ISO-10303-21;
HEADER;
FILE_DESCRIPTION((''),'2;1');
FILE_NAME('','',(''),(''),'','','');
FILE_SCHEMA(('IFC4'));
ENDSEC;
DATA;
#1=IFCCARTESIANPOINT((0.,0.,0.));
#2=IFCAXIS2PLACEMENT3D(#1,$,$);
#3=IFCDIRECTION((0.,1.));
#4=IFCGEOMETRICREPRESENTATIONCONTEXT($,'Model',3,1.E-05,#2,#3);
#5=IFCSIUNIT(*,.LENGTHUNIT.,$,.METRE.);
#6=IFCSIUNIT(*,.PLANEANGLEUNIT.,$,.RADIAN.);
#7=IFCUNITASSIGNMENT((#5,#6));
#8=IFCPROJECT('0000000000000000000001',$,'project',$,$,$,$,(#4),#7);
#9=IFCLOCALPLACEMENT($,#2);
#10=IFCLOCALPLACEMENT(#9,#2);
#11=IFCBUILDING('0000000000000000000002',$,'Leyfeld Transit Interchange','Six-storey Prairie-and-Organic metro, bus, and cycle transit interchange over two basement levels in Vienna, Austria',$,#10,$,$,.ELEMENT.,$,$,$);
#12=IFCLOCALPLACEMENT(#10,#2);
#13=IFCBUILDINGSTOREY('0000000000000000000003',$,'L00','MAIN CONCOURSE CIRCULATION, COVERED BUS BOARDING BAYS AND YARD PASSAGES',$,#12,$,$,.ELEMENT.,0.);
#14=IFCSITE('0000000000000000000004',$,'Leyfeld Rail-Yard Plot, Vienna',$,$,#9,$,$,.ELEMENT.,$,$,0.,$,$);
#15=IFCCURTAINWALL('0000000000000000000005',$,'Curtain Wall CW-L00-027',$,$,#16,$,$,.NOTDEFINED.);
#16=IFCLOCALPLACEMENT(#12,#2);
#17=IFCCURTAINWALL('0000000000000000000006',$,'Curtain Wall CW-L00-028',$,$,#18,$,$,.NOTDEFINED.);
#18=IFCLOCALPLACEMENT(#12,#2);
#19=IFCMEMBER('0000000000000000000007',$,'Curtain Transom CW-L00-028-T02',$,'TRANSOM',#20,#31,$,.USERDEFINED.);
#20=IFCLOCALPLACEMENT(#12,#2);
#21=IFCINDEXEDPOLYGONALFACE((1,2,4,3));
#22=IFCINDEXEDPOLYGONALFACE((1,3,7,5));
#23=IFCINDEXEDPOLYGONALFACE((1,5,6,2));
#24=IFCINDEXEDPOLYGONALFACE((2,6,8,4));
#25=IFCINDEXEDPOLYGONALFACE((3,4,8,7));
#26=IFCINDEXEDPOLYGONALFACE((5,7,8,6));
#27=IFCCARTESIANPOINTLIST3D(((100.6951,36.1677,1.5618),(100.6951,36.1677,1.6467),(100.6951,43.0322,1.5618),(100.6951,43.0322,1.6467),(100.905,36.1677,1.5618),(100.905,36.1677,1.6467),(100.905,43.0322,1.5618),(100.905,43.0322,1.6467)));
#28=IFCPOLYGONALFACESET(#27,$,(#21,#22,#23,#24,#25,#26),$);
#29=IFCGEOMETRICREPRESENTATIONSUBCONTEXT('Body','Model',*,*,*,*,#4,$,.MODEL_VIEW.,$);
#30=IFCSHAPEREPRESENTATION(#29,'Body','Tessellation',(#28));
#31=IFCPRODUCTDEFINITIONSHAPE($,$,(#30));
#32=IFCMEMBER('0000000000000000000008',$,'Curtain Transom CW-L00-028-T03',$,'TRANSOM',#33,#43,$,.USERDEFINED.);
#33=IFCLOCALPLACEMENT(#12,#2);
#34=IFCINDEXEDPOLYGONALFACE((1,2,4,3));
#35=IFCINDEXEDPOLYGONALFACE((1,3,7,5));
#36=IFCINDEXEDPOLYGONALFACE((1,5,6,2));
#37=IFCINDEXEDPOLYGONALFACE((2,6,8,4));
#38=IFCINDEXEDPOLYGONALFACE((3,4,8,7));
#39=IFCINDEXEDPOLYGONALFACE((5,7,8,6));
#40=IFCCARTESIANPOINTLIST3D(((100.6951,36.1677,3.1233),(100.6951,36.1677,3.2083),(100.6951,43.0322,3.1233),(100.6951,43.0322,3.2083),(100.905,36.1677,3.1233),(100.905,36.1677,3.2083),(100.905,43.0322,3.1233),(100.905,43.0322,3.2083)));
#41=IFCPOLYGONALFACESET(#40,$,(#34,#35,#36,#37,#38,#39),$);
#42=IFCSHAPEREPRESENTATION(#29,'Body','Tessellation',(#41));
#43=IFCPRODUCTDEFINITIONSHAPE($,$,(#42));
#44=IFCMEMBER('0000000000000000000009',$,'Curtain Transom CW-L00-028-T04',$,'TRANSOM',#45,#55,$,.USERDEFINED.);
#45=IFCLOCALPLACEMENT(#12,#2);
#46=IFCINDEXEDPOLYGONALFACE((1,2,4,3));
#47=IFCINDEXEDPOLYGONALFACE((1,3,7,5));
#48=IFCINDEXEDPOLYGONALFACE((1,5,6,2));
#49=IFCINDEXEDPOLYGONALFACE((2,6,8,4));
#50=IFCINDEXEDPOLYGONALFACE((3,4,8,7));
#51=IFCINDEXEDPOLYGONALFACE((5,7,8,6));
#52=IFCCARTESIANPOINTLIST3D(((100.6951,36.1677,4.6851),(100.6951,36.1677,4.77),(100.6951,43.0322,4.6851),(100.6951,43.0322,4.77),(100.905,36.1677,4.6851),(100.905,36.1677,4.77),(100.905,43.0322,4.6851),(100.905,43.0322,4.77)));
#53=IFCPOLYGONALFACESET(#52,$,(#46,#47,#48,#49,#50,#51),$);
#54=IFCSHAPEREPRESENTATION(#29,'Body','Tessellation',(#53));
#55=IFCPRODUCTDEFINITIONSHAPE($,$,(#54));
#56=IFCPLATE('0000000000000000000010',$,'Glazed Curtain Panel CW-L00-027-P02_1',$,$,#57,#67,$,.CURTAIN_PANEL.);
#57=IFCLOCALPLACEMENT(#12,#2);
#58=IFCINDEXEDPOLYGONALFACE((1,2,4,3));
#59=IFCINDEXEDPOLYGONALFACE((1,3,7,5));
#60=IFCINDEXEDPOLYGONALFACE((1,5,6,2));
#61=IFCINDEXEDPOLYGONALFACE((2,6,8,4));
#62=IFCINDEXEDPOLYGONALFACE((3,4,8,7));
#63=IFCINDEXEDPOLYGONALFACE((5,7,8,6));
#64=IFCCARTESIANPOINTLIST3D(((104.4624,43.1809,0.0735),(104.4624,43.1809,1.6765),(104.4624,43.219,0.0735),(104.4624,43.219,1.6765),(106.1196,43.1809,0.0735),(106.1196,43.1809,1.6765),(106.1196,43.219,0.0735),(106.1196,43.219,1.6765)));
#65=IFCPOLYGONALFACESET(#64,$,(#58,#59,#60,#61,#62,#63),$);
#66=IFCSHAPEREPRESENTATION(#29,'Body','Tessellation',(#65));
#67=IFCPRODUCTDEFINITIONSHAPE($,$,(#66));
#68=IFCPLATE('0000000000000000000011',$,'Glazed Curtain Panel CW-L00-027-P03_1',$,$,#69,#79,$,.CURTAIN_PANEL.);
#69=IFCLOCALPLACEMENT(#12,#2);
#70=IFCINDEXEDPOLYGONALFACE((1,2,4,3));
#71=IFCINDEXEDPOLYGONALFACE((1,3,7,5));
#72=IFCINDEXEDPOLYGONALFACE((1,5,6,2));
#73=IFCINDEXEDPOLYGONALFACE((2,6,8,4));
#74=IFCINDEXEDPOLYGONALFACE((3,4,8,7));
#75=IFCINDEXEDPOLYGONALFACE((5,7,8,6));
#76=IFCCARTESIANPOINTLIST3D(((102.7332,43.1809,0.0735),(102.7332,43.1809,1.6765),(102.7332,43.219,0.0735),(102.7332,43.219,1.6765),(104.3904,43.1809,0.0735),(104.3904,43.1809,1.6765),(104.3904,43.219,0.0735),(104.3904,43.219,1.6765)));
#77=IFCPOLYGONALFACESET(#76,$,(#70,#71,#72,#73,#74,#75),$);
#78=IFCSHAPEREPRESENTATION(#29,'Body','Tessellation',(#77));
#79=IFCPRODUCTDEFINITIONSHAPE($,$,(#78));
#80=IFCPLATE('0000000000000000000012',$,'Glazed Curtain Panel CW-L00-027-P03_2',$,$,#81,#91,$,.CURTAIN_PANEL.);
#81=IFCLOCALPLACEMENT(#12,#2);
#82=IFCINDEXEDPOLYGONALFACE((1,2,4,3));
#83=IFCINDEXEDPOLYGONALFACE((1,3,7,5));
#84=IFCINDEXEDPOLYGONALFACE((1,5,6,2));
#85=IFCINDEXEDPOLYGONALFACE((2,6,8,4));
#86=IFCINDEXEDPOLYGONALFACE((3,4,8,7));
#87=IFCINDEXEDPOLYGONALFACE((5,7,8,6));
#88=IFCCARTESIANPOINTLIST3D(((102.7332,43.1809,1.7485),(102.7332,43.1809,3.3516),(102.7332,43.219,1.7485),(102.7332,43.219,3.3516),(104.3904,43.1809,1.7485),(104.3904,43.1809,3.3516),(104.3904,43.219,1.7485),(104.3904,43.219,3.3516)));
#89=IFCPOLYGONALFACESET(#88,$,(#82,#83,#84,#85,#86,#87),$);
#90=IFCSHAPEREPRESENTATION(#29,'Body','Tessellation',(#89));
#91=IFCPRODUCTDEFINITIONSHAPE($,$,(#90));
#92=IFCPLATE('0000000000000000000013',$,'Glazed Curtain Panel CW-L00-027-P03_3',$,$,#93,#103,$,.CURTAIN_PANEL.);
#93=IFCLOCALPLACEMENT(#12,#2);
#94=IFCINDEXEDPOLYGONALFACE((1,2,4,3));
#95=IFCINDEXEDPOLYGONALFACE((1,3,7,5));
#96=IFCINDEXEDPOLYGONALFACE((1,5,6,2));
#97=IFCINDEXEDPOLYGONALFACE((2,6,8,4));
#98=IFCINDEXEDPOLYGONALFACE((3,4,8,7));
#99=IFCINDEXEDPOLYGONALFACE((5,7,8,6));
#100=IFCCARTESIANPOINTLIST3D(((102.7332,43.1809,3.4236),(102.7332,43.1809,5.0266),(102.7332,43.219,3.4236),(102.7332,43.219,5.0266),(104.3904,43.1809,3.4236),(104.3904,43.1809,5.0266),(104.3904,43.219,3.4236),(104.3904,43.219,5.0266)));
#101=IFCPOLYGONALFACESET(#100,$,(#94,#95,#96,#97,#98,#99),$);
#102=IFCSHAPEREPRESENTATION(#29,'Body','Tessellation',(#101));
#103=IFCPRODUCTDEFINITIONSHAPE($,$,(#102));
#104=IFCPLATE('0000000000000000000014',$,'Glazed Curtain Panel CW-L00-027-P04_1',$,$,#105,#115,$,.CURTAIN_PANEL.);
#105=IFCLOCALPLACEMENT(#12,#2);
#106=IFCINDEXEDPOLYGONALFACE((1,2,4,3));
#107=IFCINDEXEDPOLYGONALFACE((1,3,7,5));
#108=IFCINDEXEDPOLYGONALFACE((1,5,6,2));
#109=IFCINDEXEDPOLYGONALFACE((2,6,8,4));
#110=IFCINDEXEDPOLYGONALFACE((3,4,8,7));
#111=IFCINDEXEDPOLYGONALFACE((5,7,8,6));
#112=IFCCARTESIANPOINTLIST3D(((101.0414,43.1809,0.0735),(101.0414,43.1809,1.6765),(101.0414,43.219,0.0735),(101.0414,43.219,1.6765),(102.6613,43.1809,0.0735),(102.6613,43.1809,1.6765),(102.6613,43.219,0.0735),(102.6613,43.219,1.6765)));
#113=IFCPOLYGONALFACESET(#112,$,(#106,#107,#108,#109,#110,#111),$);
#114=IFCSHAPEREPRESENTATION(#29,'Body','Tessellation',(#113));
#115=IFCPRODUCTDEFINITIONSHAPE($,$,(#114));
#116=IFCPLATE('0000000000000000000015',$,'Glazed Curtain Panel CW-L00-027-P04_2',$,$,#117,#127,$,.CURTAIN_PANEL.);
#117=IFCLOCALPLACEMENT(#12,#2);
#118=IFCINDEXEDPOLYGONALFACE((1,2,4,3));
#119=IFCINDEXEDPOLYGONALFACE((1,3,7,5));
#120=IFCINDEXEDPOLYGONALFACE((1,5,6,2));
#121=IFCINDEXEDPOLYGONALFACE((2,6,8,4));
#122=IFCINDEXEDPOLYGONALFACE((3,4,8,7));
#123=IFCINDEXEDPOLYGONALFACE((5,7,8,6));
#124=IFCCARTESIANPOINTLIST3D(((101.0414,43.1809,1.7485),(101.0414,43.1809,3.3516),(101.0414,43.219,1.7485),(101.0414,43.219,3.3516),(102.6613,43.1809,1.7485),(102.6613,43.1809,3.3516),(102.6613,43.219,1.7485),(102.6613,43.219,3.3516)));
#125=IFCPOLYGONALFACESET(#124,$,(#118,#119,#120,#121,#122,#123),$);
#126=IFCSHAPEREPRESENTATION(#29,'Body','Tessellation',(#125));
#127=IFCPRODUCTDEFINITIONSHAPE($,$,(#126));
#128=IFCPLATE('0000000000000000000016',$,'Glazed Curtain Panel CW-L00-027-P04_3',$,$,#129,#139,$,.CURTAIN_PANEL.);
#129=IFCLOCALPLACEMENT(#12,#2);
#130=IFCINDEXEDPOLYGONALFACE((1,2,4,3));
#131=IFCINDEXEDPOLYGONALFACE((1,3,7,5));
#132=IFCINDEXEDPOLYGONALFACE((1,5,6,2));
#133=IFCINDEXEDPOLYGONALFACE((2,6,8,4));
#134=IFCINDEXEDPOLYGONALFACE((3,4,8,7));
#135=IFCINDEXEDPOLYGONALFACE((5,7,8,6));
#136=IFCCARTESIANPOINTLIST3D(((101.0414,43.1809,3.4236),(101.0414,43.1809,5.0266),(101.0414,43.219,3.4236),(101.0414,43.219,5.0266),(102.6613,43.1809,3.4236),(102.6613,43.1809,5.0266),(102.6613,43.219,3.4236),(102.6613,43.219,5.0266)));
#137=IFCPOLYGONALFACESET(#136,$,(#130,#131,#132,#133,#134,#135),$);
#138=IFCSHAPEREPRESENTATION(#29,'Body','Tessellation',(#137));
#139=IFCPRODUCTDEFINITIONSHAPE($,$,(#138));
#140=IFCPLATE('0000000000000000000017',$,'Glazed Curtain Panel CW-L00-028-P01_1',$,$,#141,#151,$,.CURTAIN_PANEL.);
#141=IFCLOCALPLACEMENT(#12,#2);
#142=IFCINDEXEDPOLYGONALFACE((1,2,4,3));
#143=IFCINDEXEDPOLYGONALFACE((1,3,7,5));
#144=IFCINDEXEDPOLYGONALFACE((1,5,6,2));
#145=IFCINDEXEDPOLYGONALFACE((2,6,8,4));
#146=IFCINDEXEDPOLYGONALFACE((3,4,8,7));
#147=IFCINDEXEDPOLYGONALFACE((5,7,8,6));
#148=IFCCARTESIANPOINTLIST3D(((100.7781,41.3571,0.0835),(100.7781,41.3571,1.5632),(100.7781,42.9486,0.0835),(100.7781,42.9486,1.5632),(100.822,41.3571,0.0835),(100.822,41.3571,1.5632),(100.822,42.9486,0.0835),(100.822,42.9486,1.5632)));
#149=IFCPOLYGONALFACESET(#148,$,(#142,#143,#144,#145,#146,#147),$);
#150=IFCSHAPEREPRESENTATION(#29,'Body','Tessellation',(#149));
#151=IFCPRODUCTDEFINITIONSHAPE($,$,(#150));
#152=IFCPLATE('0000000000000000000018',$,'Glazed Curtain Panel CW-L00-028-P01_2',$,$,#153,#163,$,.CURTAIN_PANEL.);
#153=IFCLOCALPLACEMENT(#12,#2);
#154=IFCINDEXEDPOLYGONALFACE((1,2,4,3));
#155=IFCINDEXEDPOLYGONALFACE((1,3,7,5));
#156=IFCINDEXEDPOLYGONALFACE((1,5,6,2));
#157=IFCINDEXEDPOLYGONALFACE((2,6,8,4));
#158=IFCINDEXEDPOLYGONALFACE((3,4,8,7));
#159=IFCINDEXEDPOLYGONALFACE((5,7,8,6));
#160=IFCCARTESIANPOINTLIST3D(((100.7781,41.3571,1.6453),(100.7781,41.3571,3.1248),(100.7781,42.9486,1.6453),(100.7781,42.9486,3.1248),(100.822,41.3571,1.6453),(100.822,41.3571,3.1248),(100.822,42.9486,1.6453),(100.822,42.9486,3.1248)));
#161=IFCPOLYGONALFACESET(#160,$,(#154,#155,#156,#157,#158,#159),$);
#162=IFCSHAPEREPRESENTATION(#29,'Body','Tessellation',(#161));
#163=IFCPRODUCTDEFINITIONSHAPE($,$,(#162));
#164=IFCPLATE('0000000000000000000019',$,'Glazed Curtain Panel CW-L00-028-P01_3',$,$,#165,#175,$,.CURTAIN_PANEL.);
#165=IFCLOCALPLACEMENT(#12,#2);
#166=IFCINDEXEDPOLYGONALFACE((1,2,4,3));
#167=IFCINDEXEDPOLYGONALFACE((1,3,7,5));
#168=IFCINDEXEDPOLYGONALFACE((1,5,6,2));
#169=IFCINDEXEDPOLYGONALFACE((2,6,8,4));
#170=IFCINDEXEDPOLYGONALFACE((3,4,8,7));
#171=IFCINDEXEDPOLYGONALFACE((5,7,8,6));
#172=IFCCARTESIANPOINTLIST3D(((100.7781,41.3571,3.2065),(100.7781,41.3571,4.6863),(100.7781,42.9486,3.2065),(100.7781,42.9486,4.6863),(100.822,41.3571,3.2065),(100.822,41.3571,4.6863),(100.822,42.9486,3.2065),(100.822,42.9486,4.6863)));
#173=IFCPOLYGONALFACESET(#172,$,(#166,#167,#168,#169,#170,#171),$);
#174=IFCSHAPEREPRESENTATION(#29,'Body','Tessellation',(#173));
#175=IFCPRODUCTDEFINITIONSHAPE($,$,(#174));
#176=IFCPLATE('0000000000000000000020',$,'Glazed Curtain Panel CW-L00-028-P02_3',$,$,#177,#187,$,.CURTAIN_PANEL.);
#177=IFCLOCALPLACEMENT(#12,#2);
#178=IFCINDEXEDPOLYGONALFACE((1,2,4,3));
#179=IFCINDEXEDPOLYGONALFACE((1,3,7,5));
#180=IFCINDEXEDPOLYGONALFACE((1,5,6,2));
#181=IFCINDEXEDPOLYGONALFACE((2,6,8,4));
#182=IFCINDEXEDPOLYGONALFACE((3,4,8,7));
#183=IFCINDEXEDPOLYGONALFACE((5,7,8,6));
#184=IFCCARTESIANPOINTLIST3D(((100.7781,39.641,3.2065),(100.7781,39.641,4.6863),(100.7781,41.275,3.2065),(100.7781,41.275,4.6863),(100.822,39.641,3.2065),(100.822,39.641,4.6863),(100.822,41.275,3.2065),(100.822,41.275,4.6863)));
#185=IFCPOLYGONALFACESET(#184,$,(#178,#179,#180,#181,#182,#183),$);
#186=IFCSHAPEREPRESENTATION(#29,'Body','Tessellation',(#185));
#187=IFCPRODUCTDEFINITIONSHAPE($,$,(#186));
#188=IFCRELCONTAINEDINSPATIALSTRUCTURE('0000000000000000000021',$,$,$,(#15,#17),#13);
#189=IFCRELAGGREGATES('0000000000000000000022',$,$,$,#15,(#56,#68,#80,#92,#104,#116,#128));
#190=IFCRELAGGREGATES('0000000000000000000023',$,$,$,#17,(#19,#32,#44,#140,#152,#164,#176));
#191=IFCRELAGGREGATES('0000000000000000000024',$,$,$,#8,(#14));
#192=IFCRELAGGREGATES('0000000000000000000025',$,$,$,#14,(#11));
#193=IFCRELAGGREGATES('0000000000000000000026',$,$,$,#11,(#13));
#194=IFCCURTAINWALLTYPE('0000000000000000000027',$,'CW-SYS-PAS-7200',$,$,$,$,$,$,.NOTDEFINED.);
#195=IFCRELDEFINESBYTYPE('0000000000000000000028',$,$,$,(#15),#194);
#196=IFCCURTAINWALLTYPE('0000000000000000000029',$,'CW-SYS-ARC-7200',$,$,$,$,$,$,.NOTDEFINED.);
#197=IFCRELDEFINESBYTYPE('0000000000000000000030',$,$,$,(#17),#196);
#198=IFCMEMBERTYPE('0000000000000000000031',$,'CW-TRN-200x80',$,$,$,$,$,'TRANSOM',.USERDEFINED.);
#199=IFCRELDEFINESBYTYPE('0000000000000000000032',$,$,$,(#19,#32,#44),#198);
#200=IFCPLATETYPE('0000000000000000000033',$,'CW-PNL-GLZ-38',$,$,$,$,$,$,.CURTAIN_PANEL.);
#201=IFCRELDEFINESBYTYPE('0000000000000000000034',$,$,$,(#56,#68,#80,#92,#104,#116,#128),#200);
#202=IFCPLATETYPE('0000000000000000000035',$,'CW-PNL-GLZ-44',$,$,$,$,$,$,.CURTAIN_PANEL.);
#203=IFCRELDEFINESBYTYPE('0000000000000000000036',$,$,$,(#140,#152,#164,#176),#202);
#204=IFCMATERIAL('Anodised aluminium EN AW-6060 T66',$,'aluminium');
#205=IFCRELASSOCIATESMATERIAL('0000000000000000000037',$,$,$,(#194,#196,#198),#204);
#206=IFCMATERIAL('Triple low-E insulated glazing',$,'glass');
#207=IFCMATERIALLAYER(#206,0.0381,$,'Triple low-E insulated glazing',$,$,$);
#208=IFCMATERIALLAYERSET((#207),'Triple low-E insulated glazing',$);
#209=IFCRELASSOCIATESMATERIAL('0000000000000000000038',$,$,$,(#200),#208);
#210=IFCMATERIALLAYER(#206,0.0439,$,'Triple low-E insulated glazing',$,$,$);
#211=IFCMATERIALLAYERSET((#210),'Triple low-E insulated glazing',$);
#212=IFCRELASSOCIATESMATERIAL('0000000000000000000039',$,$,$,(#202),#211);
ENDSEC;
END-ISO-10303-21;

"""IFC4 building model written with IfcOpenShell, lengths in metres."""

from ifc_helpers import new_model, si_unit, direction, frame, origin, origin_2d, place, context, subcontext, project, spatial, rectangle, extrude, material, layer, layer_set, material_profile, profile_set, type_object, element, aggregate, save


model = new_model("IFC4")

# Units and contexts
model_context = context("Model", 3, precision=1e-05, world=origin(), true_north=direction((0.0, 1.0)))
body_context = subcontext(model_context, "Body", "Model", "MODEL_VIEW")
ifc_project = project(units=[si_unit("LENGTHUNIT", "METRE"), si_unit("PLANEANGLEUNIT", "RADIAN")], contexts=[model_context])

# Site, building, storey
site_placement = place(None, origin())
site = spatial("IfcSite", under=ifc_project, at=site_placement, Name="Leyfeld Rail-Yard Plot, Vienna", CompositionType="ELEMENT", RefElevation=0.0)
building_placement = place(site_placement, origin())
building = spatial("IfcBuilding", under=site, at=building_placement, Name="Leyfeld Transit Interchange", Description="Six-storey Prairie-and-Organic metro, bus, and cycle transit interchange over two basement levels in Vienna, Austria", CompositionType="ELEMENT")
storey_placement = place(building_placement, origin())
storey = spatial("IfcBuildingStorey", under=building, at=storey_placement, Name="L00", Description="MAIN CONCOURSE CIRCULATION, COVERED BUS BOARDING BAYS AND YARD PASSAGES", CompositionType="ELEMENT", Elevation=0.0)

# Curtain walls, members
ifc_material_1 = material(Name="Anodised aluminium EN AW-6060 T66", Category="aluminium")
curtain_wall_type_1 = type_object("IfcCurtainWallType", Name="CW-SYS-PAS-7200", PredefinedType="NOTDEFINED", material=ifc_material_1)
curtain_wall_1_placement = place(storey_placement, origin())
curtain_wall_1 = element("IfcCurtainWall", 1, at=curtain_wall_1_placement, inside=storey, type_object=curtain_wall_type_1, Name="Curtain Wall CW-L00-027", PredefinedType="NOTDEFINED")
curtain_wall_type_2 = type_object("IfcCurtainWallType", Name="CW-SYS-ARC-7200", PredefinedType="NOTDEFINED", material=ifc_material_1)
curtain_wall_2_placement = place(storey_placement, origin())
curtain_wall_2 = element("IfcCurtainWall", 2, at=curtain_wall_2_placement, inside=storey, type_object=curtain_wall_type_2, Name="Curtain Wall CW-L00-028", PredefinedType="NOTDEFINED")
ifc_material_profile_1 = material_profile(ifc_material_1, rectangle(XDim=0.21, YDim=0.085, at=origin_2d()), Name="CW-TRN-200x80")
ifc_profile_set_1 = profile_set([ifc_material_profile_1], Name="Anodised aluminium EN AW-6060 T66")
member_type_1 = type_object("IfcMemberType", Name="CW-TRN-200x80", ElementType="TRANSOM", PredefinedType="USERDEFINED", material=ifc_profile_set_1)
member_1_placement = place(storey_placement, frame((100.8, 43.0322, 1.6042), z_axis=(0.0, -1.0, 0.0), x_axis=(1.0, 0.0, 0.0)))
member_1 = element("IfcMember", 3, at=member_1_placement, type_object=member_type_1, Name="Curtain Transom CW-L00-028-T02", ObjectType="TRANSOM", PredefinedType="USERDEFINED", context=body_context, shape_type="SweptSolid", body=[
    extrude(rectangle(XDim=0.21, YDim=0.085, at=origin_2d()), origin(), (0.0, 0.0, 1.0), 6.8645),
])
member_2_placement = place(storey_placement, frame((100.8, 43.0322, 3.1658), z_axis=(0.0, -1.0, 0.0), x_axis=(1.0, 0.0, 0.0)))
member_2 = element("IfcMember", 4, at=member_2_placement, type_object=member_type_1, Name="Curtain Transom CW-L00-028-T03", ObjectType="TRANSOM", PredefinedType="USERDEFINED", context=body_context, shape_type="SweptSolid", body=[
    extrude(rectangle(XDim=0.21, YDim=0.085, at=origin_2d()), origin(), (0.0, 0.0, 1.0), 6.8645),
])
member_3_placement = place(storey_placement, frame((100.8, 43.0322, 4.7275), z_axis=(0.0, -1.0, 0.0), x_axis=(1.0, 0.0, 0.0)))
member_3 = element("IfcMember", 5, at=member_3_placement, type_object=member_type_1, Name="Curtain Transom CW-L00-028-T04", ObjectType="TRANSOM", PredefinedType="USERDEFINED", context=body_context, shape_type="SweptSolid", body=[
    extrude(rectangle(XDim=0.21, YDim=0.085, at=origin_2d()), origin(), (0.0, 0.0, 1.0), 6.8645),
])

# Plates
ifc_material_2 = material(Name="Triple low-E insulated glazing", Category="glass")
ifc_layer_1 = layer(ifc_material_2, 0.0381, Name="Triple low-E insulated glazing")
ifc_layer_set_1 = layer_set([ifc_layer_1], Name="Triple low-E insulated glazing")
plate_type_1 = type_object("IfcPlateType", Name="CW-PNL-GLZ-38", PredefinedType="CURTAIN_PANEL", material=ifc_layer_set_1)
plate_1_placement = place(storey_placement, frame((105.291, 43.2, 0.0735), z_axis=(0.0, 0.0, 1.0), x_axis=(-1.0, 0.0, 0.0)))
plate_1 = element("IfcPlate", 6, at=plate_1_placement, type_object=plate_type_1, Name="Glazed Curtain Panel CW-L00-027-P02_1", PredefinedType="CURTAIN_PANEL", context=body_context, shape_type="SweptSolid", body=[
    extrude(rectangle(XDim=1.6572, YDim=0.0381, at=origin_2d()), origin(), (0.0, 0.0, 1.0), 1.603),
])
plate_2_placement = place(storey_placement, frame((103.5618, 43.2, 0.0735), z_axis=(0.0, 0.0, 1.0), x_axis=(-1.0, 0.0, 0.0)))
plate_2 = element("IfcPlate", 7, at=plate_2_placement, type_object=plate_type_1, Name="Glazed Curtain Panel CW-L00-027-P03_1", PredefinedType="CURTAIN_PANEL", context=body_context, shape_type="SweptSolid", body=[
    extrude(rectangle(XDim=1.6572, YDim=0.0381, at=origin_2d()), origin(), (0.0, 0.0, 1.0), 1.603),
])
plate_3_placement = place(storey_placement, frame((103.5618, 43.2, 1.7485), z_axis=(0.0, 0.0, 1.0), x_axis=(-1.0, 0.0, 0.0)))
plate_3 = element("IfcPlate", 8, at=plate_3_placement, type_object=plate_type_1, Name="Glazed Curtain Panel CW-L00-027-P03_2", PredefinedType="CURTAIN_PANEL", context=body_context, shape_type="SweptSolid", body=[
    extrude(rectangle(XDim=1.6572, YDim=0.0381, at=origin_2d()), origin(), (0.0, 0.0, 1.0), 1.603),
])
plate_4_placement = place(storey_placement, frame((103.5618, 43.2, 3.4236), z_axis=(0.0, 0.0, 1.0), x_axis=(-1.0, 0.0, 0.0)))
plate_4 = element("IfcPlate", 9, at=plate_4_placement, type_object=plate_type_1, Name="Glazed Curtain Panel CW-L00-027-P03_3", PredefinedType="CURTAIN_PANEL", context=body_context, shape_type="SweptSolid", body=[
    extrude(rectangle(XDim=1.6572, YDim=0.0381, at=origin_2d()), origin(), (0.0, 0.0, 1.0), 1.603),
])
plate_5_placement = place(storey_placement, frame((101.8513, 43.2, 0.0735), z_axis=(0.0, 0.0, 1.0), x_axis=(-1.0, 0.0, 0.0)))
plate_5 = element("IfcPlate", 10, at=plate_5_placement, type_object=plate_type_1, Name="Glazed Curtain Panel CW-L00-027-P04_1", PredefinedType="CURTAIN_PANEL", context=body_context, shape_type="SweptSolid", body=[
    extrude(rectangle(XDim=1.6199, YDim=0.0381, at=origin_2d()), origin(), (0.0, 0.0, 1.0), 1.603),
])
plate_6_placement = place(storey_placement, frame((101.8513, 43.2, 1.7485), z_axis=(0.0, 0.0, 1.0), x_axis=(-1.0, 0.0, 0.0)))
plate_6 = element("IfcPlate", 11, at=plate_6_placement, type_object=plate_type_1, Name="Glazed Curtain Panel CW-L00-027-P04_2", PredefinedType="CURTAIN_PANEL", context=body_context, shape_type="SweptSolid", body=[
    extrude(rectangle(XDim=1.6199, YDim=0.0381, at=origin_2d()), origin(), (0.0, 0.0, 1.0), 1.603),
])
plate_7_placement = place(storey_placement, frame((101.8513, 43.2, 3.4236), z_axis=(0.0, 0.0, 1.0), x_axis=(-1.0, 0.0, 0.0)))
plate_7 = element("IfcPlate", 12, at=plate_7_placement, type_object=plate_type_1, Name="Glazed Curtain Panel CW-L00-027-P04_3", PredefinedType="CURTAIN_PANEL", context=body_context, shape_type="SweptSolid", body=[
    extrude(rectangle(XDim=1.6199, YDim=0.0381, at=origin_2d()), origin(), (0.0, 0.0, 1.0), 1.603),
])
aggregate(curtain_wall_1, [plate_1, plate_2, plate_3, plate_4, plate_5, plate_6, plate_7])
ifc_layer_2 = layer(ifc_material_2, 0.0439, Name="Triple low-E insulated glazing")
ifc_layer_set_2 = layer_set([ifc_layer_2], Name="Triple low-E insulated glazing")
plate_type_2 = type_object("IfcPlateType", Name="CW-PNL-GLZ-44", PredefinedType="CURTAIN_PANEL", material=ifc_layer_set_2)
plate_8_placement = place(storey_placement, frame((100.8, 42.1528, 0.0835), z_axis=(0.0, 0.0, 1.0), x_axis=(0.0, -1.0, 0.0)))
plate_8 = element("IfcPlate", 13, at=plate_8_placement, type_object=plate_type_2, Name="Glazed Curtain Panel CW-L00-028-P01_1", PredefinedType="CURTAIN_PANEL", context=body_context, shape_type="SweptSolid", body=[
    extrude(rectangle(XDim=1.5916, YDim=0.0439, at=origin_2d()), origin(), (0.0, 0.0, 1.0), 1.4797),
])
plate_9_placement = place(storey_placement, frame((100.8, 42.1528, 1.6453), z_axis=(0.0, 0.0, 1.0), x_axis=(0.0, -1.0, 0.0)))
plate_9 = element("IfcPlate", 14, at=plate_9_placement, type_object=plate_type_2, Name="Glazed Curtain Panel CW-L00-028-P01_2", PredefinedType="CURTAIN_PANEL", context=body_context, shape_type="SweptSolid", body=[
    extrude(rectangle(XDim=1.5916, YDim=0.0439, at=origin_2d()), origin(), (0.0, 0.0, 1.0), 1.4795),
])
plate_10_placement = place(storey_placement, frame((100.8, 42.1528, 3.2065), z_axis=(0.0, 0.0, 1.0), x_axis=(0.0, -1.0, 0.0)))
plate_10 = element("IfcPlate", 15, at=plate_10_placement, type_object=plate_type_2, Name="Glazed Curtain Panel CW-L00-028-P01_3", PredefinedType="CURTAIN_PANEL", context=body_context, shape_type="SweptSolid", body=[
    extrude(rectangle(XDim=1.5916, YDim=0.0439, at=origin_2d()), origin(), (0.0, 0.0, 1.0), 1.4797),
])
plate_11_placement = place(storey_placement, frame((100.8, 40.458, 3.2065), z_axis=(0.0, 0.0, 1.0), x_axis=(0.0, -1.0, 0.0)))
plate_11 = element("IfcPlate", 16, at=plate_11_placement, type_object=plate_type_2, Name="Glazed Curtain Panel CW-L00-028-P02_3", PredefinedType="CURTAIN_PANEL", context=body_context, shape_type="SweptSolid", body=[
    extrude(rectangle(XDim=1.634, YDim=0.0439, at=origin_2d()), origin(), (0.0, 0.0, 1.0), 1.4797),
])
aggregate(curtain_wall_2, [member_1, member_2, member_3, plate_8, plate_9, plate_10, plate_11])

save(model, "model.ifc")
